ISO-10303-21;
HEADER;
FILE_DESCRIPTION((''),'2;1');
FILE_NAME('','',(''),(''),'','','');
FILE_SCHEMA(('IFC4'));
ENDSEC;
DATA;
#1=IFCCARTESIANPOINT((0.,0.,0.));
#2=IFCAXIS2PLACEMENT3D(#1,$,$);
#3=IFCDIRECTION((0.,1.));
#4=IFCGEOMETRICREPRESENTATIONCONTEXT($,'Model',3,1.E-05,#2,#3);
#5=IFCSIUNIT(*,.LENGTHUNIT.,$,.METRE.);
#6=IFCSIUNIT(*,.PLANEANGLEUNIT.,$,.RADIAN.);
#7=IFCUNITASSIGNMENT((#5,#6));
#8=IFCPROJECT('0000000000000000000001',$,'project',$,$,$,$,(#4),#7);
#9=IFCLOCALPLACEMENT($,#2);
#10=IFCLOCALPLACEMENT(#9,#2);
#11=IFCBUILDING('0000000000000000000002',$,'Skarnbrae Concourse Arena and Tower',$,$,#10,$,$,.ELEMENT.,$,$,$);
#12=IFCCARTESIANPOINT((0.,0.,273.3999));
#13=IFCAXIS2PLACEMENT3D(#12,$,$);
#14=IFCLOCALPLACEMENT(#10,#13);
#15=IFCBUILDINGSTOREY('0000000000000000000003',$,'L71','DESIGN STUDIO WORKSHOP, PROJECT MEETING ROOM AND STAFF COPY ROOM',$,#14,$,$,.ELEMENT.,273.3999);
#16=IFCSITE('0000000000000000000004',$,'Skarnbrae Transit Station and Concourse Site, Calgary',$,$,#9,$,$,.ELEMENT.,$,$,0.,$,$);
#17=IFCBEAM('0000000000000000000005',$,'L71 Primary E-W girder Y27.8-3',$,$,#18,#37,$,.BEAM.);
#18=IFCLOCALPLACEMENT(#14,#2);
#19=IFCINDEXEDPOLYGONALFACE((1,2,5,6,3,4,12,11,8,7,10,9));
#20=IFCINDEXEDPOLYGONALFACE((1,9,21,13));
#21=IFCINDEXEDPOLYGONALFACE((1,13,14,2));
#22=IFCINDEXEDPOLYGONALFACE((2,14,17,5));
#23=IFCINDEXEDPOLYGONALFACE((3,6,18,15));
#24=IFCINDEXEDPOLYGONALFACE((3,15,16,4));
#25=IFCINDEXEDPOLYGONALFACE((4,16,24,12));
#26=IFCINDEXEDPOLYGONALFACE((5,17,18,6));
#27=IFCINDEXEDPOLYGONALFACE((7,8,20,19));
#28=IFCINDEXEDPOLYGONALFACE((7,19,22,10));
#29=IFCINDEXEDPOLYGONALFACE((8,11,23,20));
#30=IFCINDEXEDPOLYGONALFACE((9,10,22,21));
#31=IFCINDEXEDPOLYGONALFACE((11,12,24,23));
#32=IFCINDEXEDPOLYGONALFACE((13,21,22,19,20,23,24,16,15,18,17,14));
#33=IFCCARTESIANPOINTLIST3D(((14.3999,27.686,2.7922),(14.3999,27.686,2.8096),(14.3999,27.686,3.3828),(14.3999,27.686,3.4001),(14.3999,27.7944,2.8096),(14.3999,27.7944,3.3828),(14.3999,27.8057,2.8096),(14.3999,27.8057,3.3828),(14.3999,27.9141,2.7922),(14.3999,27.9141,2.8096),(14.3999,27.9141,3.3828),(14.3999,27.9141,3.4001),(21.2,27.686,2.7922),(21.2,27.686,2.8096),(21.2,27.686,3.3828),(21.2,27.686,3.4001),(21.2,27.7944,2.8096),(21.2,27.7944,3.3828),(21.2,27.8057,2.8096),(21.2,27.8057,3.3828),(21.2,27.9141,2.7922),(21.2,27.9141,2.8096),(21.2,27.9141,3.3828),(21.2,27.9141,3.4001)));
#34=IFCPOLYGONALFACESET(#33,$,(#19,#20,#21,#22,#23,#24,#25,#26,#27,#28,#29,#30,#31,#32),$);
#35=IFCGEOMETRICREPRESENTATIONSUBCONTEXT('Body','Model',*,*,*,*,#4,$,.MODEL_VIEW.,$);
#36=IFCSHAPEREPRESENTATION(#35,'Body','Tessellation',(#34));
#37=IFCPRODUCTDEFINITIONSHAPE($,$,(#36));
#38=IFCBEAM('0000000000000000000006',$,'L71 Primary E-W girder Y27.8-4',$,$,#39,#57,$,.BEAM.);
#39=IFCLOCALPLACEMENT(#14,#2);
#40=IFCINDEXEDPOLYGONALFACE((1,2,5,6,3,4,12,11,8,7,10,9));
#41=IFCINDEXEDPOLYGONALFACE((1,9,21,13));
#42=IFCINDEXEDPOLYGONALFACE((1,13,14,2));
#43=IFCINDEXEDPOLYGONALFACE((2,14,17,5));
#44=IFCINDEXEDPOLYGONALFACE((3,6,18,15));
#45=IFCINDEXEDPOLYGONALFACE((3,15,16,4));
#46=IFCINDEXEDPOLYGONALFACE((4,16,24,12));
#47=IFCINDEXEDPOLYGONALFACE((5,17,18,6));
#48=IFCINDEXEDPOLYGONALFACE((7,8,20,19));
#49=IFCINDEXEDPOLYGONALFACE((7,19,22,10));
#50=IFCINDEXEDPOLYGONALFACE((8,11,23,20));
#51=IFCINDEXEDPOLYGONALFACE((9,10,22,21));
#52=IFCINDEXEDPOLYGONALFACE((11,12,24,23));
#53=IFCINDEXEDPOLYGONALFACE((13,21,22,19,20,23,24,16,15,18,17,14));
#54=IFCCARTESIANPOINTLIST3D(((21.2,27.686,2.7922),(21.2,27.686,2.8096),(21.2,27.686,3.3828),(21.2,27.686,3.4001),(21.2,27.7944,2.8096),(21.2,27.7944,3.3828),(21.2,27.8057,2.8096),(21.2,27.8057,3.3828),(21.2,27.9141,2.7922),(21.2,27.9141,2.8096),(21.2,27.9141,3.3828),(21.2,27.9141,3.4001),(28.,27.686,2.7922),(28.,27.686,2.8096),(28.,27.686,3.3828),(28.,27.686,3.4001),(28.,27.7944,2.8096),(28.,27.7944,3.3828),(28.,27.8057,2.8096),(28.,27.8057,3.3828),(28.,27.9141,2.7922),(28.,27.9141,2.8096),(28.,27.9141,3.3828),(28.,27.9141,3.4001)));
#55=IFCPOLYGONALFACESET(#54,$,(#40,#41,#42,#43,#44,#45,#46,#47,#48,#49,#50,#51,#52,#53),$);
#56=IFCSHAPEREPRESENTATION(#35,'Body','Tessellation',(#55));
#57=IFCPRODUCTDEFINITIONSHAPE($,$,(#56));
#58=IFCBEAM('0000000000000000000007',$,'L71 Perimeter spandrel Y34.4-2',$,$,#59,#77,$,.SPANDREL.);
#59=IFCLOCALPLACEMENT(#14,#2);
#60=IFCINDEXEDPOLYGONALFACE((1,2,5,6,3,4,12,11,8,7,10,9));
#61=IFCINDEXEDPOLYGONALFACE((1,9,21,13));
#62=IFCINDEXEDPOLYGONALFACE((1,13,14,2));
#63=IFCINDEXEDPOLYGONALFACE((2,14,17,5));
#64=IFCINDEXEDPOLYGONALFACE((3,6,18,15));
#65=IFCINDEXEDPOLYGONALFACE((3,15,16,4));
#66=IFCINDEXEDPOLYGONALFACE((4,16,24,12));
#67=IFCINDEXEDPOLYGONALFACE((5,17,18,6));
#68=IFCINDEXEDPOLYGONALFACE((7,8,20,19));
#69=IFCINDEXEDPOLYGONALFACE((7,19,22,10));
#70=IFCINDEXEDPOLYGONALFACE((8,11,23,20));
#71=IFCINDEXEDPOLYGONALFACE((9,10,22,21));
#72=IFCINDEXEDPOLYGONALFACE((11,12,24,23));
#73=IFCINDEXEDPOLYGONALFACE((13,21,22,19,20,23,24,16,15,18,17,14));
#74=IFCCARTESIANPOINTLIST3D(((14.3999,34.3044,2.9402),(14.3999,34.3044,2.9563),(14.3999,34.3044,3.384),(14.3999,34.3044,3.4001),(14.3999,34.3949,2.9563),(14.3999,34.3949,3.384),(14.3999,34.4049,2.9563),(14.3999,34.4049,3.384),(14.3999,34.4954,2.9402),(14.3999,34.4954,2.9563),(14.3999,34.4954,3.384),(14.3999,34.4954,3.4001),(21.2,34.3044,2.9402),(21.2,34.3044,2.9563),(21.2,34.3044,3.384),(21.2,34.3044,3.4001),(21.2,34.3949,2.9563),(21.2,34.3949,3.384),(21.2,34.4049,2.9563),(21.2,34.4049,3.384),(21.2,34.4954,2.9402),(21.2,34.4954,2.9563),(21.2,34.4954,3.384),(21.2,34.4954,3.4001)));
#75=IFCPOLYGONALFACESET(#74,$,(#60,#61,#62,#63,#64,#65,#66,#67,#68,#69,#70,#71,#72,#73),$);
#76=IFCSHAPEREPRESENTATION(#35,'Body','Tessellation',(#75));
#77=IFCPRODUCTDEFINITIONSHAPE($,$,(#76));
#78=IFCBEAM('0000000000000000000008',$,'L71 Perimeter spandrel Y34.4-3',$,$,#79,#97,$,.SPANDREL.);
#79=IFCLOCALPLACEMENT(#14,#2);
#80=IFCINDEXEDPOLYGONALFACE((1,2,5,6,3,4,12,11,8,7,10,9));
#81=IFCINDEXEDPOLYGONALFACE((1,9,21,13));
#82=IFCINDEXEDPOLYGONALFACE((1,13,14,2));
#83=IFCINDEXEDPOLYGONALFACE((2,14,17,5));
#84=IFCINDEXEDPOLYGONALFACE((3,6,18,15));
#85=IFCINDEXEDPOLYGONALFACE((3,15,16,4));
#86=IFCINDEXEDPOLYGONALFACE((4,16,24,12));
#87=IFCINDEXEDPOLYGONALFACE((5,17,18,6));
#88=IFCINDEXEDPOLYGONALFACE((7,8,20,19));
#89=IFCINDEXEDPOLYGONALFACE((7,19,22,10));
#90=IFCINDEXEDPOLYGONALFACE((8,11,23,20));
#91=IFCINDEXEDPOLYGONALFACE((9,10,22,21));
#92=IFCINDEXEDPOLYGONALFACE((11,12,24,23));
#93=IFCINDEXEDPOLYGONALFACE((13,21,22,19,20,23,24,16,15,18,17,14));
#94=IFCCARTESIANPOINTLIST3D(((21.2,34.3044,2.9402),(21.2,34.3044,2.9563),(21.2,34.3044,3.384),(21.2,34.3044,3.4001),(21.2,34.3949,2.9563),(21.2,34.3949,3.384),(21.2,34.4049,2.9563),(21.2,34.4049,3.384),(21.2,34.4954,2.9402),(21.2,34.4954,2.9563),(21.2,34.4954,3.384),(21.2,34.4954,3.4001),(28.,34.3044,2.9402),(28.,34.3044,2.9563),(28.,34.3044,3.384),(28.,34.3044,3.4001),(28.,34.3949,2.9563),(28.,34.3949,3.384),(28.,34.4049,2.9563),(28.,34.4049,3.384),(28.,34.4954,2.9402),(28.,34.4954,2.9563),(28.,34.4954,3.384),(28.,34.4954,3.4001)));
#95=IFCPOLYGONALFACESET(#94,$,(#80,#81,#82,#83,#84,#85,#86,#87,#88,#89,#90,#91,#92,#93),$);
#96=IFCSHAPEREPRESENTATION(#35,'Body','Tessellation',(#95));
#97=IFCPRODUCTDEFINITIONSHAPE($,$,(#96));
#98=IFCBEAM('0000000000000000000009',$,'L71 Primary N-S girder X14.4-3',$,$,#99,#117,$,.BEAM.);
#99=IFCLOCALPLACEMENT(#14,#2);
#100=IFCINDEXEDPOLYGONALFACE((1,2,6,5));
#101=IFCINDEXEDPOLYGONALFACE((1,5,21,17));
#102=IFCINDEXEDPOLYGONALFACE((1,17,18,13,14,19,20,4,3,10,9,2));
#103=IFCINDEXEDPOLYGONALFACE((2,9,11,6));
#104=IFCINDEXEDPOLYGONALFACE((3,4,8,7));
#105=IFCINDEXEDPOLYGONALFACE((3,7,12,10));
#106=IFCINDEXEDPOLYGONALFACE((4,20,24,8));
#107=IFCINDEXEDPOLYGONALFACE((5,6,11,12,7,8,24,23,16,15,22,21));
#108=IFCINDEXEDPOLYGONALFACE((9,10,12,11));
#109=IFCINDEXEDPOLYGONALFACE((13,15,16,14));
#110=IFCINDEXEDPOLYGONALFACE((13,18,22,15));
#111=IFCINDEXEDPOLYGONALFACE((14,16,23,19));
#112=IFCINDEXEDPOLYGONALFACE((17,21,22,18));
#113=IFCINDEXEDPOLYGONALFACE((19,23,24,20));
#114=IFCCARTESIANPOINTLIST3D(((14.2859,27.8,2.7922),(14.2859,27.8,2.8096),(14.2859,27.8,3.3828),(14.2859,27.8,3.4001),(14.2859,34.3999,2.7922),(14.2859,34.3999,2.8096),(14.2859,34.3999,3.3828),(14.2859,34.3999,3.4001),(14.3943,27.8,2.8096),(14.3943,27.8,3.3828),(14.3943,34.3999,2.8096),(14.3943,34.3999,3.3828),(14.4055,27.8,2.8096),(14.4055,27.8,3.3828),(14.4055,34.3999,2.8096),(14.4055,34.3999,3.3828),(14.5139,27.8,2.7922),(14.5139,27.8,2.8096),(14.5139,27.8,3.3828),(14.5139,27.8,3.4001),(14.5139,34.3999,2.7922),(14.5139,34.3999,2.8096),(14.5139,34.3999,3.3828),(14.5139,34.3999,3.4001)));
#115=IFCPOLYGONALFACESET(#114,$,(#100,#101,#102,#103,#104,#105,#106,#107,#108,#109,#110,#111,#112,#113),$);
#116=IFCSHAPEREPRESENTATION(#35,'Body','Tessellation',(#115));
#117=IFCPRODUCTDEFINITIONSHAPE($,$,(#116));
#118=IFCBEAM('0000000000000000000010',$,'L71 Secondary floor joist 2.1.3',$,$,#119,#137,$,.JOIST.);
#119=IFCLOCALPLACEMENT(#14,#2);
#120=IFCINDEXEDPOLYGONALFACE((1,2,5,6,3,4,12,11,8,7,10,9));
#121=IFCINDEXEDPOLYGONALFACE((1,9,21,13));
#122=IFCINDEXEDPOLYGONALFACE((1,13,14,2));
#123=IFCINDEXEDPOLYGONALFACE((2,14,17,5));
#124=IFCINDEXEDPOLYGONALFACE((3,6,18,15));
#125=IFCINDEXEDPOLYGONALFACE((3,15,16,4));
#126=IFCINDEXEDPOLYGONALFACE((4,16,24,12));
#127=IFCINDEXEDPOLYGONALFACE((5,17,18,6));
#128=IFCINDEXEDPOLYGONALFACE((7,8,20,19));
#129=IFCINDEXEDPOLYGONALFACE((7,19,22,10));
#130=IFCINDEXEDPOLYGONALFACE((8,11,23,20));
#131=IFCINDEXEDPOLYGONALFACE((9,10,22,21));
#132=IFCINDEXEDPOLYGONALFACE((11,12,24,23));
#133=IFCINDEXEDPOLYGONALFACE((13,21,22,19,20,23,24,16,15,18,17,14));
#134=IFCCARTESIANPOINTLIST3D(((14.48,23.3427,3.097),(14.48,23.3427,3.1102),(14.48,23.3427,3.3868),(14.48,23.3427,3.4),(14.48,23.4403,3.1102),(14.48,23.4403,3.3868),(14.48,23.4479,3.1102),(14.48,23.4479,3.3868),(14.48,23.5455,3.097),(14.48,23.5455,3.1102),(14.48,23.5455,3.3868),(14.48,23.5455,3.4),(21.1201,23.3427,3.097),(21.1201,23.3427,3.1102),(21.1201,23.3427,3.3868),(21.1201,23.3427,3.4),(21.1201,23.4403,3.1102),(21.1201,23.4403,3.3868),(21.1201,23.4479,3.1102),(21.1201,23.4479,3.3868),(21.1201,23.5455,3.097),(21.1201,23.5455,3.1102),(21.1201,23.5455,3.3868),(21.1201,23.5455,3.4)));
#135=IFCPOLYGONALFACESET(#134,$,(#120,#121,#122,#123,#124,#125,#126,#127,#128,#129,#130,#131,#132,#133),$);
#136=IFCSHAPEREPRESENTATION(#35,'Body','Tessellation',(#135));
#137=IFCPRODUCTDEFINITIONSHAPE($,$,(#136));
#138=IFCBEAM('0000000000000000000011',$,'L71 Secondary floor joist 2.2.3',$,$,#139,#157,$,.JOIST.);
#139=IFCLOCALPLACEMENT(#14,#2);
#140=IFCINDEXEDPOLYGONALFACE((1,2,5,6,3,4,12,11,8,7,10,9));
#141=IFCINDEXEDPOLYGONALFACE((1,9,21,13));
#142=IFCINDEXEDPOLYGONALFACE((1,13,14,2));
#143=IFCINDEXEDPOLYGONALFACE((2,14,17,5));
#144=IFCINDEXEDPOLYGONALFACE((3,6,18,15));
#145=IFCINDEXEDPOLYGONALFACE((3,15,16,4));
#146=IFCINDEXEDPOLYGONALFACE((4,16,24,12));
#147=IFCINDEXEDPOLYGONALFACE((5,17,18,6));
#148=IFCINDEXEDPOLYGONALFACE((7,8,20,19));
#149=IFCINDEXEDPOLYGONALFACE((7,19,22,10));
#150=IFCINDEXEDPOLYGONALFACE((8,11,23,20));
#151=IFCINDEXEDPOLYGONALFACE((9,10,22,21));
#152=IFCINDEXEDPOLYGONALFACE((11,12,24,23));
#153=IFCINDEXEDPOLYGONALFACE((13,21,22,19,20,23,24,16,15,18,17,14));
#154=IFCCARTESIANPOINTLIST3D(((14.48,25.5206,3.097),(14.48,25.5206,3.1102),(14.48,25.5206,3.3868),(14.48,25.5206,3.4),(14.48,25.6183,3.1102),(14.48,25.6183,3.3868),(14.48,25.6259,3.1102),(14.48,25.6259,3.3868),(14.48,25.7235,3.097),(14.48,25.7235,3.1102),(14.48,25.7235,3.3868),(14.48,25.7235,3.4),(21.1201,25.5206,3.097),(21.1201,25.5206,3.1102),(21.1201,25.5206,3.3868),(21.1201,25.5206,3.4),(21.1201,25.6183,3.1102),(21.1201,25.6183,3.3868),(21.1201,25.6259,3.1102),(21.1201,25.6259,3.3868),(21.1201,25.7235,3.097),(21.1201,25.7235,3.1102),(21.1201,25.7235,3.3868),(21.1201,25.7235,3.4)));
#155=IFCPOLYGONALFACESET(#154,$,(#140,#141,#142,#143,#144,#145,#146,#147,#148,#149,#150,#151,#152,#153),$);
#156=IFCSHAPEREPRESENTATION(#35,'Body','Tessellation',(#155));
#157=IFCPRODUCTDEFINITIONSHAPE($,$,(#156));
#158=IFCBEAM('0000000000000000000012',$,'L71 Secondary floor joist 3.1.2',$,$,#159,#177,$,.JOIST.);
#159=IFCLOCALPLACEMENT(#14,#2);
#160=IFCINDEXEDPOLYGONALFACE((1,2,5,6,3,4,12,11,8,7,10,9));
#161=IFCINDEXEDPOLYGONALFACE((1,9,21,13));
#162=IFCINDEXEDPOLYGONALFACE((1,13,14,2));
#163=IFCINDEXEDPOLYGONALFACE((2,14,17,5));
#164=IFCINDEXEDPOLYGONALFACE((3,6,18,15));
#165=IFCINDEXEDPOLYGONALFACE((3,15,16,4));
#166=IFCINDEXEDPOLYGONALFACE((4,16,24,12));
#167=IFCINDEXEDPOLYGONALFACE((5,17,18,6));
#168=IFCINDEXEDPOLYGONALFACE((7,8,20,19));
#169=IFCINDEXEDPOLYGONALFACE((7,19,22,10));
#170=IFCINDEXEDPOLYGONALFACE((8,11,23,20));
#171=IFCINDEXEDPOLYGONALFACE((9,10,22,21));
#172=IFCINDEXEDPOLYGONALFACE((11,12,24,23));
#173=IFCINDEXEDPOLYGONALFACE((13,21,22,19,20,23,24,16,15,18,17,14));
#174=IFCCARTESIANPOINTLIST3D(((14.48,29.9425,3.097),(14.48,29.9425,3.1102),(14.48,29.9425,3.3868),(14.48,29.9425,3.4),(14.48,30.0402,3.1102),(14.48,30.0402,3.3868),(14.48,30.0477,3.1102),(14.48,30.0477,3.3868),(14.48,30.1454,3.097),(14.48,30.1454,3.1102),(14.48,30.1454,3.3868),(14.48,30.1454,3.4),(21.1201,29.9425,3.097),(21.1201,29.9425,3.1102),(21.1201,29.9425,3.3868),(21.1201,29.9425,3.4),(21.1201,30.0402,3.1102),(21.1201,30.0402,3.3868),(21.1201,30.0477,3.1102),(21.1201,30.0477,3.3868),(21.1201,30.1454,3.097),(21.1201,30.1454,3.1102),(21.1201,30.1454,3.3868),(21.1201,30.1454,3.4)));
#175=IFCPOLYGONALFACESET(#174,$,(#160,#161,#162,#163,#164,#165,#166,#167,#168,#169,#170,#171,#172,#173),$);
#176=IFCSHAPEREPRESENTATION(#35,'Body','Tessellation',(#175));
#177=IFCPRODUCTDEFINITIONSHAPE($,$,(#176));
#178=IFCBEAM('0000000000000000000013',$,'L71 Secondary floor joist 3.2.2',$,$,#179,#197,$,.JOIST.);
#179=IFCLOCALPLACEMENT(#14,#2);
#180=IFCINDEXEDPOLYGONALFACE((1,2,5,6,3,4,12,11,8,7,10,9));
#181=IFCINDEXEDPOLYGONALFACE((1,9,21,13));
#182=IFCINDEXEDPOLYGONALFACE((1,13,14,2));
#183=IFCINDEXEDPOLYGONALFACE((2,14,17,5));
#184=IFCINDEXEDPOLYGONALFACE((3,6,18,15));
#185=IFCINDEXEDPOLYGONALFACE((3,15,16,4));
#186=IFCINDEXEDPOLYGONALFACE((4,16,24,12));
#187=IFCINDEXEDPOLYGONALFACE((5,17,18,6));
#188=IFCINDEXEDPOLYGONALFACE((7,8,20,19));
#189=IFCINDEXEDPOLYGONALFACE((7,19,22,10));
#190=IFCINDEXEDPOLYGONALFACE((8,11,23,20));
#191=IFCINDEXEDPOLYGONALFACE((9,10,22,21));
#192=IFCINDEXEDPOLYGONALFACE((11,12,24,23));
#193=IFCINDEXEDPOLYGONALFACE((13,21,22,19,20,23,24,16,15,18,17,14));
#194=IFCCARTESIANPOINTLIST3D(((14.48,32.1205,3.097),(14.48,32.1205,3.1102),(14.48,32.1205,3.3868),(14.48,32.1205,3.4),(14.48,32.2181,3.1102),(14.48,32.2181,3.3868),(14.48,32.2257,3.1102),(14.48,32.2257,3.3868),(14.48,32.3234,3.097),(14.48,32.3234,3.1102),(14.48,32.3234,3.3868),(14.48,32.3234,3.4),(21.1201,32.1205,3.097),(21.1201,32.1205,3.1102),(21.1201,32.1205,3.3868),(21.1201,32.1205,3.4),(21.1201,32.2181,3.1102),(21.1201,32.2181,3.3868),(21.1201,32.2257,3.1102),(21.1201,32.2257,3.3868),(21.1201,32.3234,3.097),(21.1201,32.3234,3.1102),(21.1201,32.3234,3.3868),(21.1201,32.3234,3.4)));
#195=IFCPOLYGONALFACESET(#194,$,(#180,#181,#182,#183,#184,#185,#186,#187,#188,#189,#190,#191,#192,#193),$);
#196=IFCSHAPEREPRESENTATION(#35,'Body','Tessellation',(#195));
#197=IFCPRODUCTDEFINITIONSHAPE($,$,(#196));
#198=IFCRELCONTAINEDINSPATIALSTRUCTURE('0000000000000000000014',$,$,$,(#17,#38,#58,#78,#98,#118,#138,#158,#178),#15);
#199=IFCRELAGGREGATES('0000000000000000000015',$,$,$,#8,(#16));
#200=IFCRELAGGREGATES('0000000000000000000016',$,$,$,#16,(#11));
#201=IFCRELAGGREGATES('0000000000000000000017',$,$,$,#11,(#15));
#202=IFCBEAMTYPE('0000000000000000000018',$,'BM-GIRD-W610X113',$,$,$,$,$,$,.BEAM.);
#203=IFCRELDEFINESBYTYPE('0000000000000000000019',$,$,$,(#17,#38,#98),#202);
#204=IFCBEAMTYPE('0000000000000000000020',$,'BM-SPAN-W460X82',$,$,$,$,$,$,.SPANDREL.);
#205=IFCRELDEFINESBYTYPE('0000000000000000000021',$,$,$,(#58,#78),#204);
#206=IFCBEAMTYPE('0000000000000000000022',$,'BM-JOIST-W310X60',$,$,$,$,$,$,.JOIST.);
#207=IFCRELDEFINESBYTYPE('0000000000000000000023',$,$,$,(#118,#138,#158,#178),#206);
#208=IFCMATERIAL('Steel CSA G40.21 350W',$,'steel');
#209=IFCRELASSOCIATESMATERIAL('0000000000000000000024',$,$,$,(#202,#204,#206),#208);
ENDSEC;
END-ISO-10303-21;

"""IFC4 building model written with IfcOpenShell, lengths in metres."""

from ifc_helpers import new_model, si_unit, direction, frame, origin, origin_2d, place, context, subcontext, project, spatial, i_section, extrude, source, transform, mapped, material, material_profile, profile_set, type_object, element, save


model = new_model("IFC4")

# Units and contexts
model_context = context("Model", 3, precision=1e-05, world=origin(), true_north=direction((0.0, 1.0)))
body_context = subcontext(model_context, "Body", "Model", "MODEL_VIEW")
ifc_project = project(units=[si_unit("LENGTHUNIT", "METRE"), si_unit("PLANEANGLEUNIT", "RADIAN")], contexts=[model_context])

# Site, building, storey
site_placement = place(None, origin())
site = spatial("IfcSite", under=ifc_project, at=site_placement, Name="Skarnbrae Transit Station and Concourse Site, Calgary", CompositionType="ELEMENT", RefElevation=0.0)
building_placement = place(site_placement, origin())
building = spatial("IfcBuilding", under=site, at=building_placement, Name="Skarnbrae Concourse Arena and Tower", CompositionType="ELEMENT")
storey_placement = place(building_placement, frame((0.0, 0.0, 273.3999)))
storey = spatial("IfcBuildingStorey", under=building, at=storey_placement, Name="L71", Description="DESIGN STUDIO WORKSHOP, PROJECT MEETING ROOM AND STAFF COPY ROOM", CompositionType="ELEMENT", Elevation=273.3999)

# Shared definitions
ifc_material_1 = material(Name="Steel CSA G40.21 350W", Category="steel")

# Beams
ifc_material_profile_1 = material_profile(ifc_material_1, i_section(OverallWidth=0.228, OverallDepth=0.6079, WebThickness=0.0112, FlangeThickness=0.0173, at=origin_2d()), Name="W610X113")
ifc_profile_set_1 = profile_set([ifc_material_profile_1], Name="Steel CSA G40.21 350W")
beam_type_1 = type_object("IfcBeamType", Name="BM-GIRD-W610X113", PredefinedType="BEAM", material=ifc_profile_set_1)
shared_shape_1 = source(origin(), body_context, "Body", "SweptSolid", [
    extrude(i_section(OverallWidth=0.228, OverallDepth=0.6079, WebThickness=0.0112, FlangeThickness=0.0173, at=origin_2d()), origin(), (0.0, 0.0, 1.0), 6.8),
])
for number, where, z_axis, x_axis, name in (
    (1, (14.3999, 27.8, 3.0962), (1.0, 0.0, 0.0), (0.0, 1.0, 0.0), "L71 Primary E-W girder Y27.8-3"),
    (2, (21.2, 27.8, 3.0962), (1.0, 0.0, 0.0), (0.0, 1.0, 0.0), "L71 Primary E-W girder Y27.8-4"),
):
    element("IfcBeam", number, at=place(storey_placement, frame(where, z_axis=z_axis, x_axis=x_axis)), inside=storey, type_object=beam_type_1, Name=name, PredefinedType="BEAM", context=body_context, shape_type="MappedRepresentation", body=[
        mapped(shared_shape_1, transform((0.0, 0.0, 0.0))),
    ])
ifc_material_profile_2 = material_profile(ifc_material_1, i_section(OverallWidth=0.1909, OverallDepth=0.46, WebThickness=0.01, FlangeThickness=0.0161, at=origin_2d()), Name="W460X82")
ifc_profile_set_2 = profile_set([ifc_material_profile_2], Name="Steel CSA G40.21 350W")
beam_type_2 = type_object("IfcBeamType", Name="BM-SPAN-W460X82", PredefinedType="SPANDREL", material=ifc_profile_set_2)
shared_shape_2 = source(origin(), body_context, "Body", "SweptSolid", [
    extrude(i_section(OverallWidth=0.1909, OverallDepth=0.46, WebThickness=0.01, FlangeThickness=0.0161, at=origin_2d()), origin(), (0.0, 0.0, 1.0), 6.8),
])
for number, where, z_axis, x_axis, name in (
    (3, (14.3999, 34.3999, 3.1702), (1.0, 0.0, 0.0), (0.0, 1.0, 0.0), "L71 Perimeter spandrel Y34.4-2"),
    (4, (21.2, 34.3999, 3.1702), (1.0, 0.0, 0.0), (0.0, 1.0, 0.0), "L71 Perimeter spandrel Y34.4-3"),
):
    element("IfcBeam", number, at=place(storey_placement, frame(where, z_axis=z_axis, x_axis=x_axis)), inside=storey, type_object=beam_type_2, Name=name, PredefinedType="SPANDREL", context=body_context, shape_type="MappedRepresentation", body=[
        mapped(shared_shape_2, transform((0.0, 0.0, 0.0))),
    ])
shared_shape_3 = source(origin(), body_context, "Body", "SweptSolid", [
    extrude(i_section(OverallWidth=0.228, OverallDepth=0.6079, WebThickness=0.0112, FlangeThickness=0.0173, at=origin_2d()), origin(), (0.0, 0.0, 1.0), 6.5999),
])
beam_1_placement = place(storey_placement, frame((14.3999, 27.8, 3.0962), z_axis=(0.0, 1.0, 0.0), x_axis=(-1.0, 0.0, 0.0)))
element("IfcBeam", 5, at=beam_1_placement, inside=storey, type_object=beam_type_1, Name="L71 Primary N-S girder X14.4-3", PredefinedType="BEAM", context=body_context, shape_type="MappedRepresentation", body=[
    mapped(shared_shape_3, transform((0.0, 0.0, 0.0))),
])
ifc_material_profile_3 = material_profile(ifc_material_1, i_section(OverallWidth=0.2029, OverallDepth=0.303, WebThickness=0.0076, FlangeThickness=0.0132, at=origin_2d()), Name="W310X60")
ifc_profile_set_3 = profile_set([ifc_material_profile_3], Name="Steel CSA G40.21 350W")
beam_type_3 = type_object("IfcBeamType", Name="BM-JOIST-W310X60", PredefinedType="JOIST", material=ifc_profile_set_3)
shared_shape_4 = source(origin(), body_context, "Body", "SweptSolid", [
    extrude(i_section(OverallWidth=0.2029, OverallDepth=0.303, WebThickness=0.0076, FlangeThickness=0.0132, at=origin_2d()), origin(), (0.0, 0.0, 1.0), 6.6401),
])
for number, where, z_axis, x_axis, name in (
    (6, (14.48, 23.4441, 3.2485), (1.0, 0.0, 0.0), (0.0, 1.0, 0.0), "L71 Secondary floor joist 2.1.3"),
    (7, (14.48, 25.6221, 3.2485), (1.0, 0.0, 0.0), (0.0, 1.0, 0.0), "L71 Secondary floor joist 2.2.3"),
    (8, (14.48, 30.0439, 3.2485), (1.0, 0.0, 0.0), (0.0, 1.0, 0.0), "L71 Secondary floor joist 3.1.2"),
    (9, (14.48, 32.2219, 3.2485), (1.0, 0.0, 0.0), (0.0, 1.0, 0.0), "L71 Secondary floor joist 3.2.2"),
):
    element("IfcBeam", number, at=place(storey_placement, frame(where, z_axis=z_axis, x_axis=x_axis)), inside=storey, type_object=beam_type_3, Name=name, PredefinedType="JOIST", context=body_context, shape_type="MappedRepresentation", body=[
        mapped(shared_shape_4, transform((0.0, 0.0, 0.0))),
    ])

save(model, "model.ifc")
